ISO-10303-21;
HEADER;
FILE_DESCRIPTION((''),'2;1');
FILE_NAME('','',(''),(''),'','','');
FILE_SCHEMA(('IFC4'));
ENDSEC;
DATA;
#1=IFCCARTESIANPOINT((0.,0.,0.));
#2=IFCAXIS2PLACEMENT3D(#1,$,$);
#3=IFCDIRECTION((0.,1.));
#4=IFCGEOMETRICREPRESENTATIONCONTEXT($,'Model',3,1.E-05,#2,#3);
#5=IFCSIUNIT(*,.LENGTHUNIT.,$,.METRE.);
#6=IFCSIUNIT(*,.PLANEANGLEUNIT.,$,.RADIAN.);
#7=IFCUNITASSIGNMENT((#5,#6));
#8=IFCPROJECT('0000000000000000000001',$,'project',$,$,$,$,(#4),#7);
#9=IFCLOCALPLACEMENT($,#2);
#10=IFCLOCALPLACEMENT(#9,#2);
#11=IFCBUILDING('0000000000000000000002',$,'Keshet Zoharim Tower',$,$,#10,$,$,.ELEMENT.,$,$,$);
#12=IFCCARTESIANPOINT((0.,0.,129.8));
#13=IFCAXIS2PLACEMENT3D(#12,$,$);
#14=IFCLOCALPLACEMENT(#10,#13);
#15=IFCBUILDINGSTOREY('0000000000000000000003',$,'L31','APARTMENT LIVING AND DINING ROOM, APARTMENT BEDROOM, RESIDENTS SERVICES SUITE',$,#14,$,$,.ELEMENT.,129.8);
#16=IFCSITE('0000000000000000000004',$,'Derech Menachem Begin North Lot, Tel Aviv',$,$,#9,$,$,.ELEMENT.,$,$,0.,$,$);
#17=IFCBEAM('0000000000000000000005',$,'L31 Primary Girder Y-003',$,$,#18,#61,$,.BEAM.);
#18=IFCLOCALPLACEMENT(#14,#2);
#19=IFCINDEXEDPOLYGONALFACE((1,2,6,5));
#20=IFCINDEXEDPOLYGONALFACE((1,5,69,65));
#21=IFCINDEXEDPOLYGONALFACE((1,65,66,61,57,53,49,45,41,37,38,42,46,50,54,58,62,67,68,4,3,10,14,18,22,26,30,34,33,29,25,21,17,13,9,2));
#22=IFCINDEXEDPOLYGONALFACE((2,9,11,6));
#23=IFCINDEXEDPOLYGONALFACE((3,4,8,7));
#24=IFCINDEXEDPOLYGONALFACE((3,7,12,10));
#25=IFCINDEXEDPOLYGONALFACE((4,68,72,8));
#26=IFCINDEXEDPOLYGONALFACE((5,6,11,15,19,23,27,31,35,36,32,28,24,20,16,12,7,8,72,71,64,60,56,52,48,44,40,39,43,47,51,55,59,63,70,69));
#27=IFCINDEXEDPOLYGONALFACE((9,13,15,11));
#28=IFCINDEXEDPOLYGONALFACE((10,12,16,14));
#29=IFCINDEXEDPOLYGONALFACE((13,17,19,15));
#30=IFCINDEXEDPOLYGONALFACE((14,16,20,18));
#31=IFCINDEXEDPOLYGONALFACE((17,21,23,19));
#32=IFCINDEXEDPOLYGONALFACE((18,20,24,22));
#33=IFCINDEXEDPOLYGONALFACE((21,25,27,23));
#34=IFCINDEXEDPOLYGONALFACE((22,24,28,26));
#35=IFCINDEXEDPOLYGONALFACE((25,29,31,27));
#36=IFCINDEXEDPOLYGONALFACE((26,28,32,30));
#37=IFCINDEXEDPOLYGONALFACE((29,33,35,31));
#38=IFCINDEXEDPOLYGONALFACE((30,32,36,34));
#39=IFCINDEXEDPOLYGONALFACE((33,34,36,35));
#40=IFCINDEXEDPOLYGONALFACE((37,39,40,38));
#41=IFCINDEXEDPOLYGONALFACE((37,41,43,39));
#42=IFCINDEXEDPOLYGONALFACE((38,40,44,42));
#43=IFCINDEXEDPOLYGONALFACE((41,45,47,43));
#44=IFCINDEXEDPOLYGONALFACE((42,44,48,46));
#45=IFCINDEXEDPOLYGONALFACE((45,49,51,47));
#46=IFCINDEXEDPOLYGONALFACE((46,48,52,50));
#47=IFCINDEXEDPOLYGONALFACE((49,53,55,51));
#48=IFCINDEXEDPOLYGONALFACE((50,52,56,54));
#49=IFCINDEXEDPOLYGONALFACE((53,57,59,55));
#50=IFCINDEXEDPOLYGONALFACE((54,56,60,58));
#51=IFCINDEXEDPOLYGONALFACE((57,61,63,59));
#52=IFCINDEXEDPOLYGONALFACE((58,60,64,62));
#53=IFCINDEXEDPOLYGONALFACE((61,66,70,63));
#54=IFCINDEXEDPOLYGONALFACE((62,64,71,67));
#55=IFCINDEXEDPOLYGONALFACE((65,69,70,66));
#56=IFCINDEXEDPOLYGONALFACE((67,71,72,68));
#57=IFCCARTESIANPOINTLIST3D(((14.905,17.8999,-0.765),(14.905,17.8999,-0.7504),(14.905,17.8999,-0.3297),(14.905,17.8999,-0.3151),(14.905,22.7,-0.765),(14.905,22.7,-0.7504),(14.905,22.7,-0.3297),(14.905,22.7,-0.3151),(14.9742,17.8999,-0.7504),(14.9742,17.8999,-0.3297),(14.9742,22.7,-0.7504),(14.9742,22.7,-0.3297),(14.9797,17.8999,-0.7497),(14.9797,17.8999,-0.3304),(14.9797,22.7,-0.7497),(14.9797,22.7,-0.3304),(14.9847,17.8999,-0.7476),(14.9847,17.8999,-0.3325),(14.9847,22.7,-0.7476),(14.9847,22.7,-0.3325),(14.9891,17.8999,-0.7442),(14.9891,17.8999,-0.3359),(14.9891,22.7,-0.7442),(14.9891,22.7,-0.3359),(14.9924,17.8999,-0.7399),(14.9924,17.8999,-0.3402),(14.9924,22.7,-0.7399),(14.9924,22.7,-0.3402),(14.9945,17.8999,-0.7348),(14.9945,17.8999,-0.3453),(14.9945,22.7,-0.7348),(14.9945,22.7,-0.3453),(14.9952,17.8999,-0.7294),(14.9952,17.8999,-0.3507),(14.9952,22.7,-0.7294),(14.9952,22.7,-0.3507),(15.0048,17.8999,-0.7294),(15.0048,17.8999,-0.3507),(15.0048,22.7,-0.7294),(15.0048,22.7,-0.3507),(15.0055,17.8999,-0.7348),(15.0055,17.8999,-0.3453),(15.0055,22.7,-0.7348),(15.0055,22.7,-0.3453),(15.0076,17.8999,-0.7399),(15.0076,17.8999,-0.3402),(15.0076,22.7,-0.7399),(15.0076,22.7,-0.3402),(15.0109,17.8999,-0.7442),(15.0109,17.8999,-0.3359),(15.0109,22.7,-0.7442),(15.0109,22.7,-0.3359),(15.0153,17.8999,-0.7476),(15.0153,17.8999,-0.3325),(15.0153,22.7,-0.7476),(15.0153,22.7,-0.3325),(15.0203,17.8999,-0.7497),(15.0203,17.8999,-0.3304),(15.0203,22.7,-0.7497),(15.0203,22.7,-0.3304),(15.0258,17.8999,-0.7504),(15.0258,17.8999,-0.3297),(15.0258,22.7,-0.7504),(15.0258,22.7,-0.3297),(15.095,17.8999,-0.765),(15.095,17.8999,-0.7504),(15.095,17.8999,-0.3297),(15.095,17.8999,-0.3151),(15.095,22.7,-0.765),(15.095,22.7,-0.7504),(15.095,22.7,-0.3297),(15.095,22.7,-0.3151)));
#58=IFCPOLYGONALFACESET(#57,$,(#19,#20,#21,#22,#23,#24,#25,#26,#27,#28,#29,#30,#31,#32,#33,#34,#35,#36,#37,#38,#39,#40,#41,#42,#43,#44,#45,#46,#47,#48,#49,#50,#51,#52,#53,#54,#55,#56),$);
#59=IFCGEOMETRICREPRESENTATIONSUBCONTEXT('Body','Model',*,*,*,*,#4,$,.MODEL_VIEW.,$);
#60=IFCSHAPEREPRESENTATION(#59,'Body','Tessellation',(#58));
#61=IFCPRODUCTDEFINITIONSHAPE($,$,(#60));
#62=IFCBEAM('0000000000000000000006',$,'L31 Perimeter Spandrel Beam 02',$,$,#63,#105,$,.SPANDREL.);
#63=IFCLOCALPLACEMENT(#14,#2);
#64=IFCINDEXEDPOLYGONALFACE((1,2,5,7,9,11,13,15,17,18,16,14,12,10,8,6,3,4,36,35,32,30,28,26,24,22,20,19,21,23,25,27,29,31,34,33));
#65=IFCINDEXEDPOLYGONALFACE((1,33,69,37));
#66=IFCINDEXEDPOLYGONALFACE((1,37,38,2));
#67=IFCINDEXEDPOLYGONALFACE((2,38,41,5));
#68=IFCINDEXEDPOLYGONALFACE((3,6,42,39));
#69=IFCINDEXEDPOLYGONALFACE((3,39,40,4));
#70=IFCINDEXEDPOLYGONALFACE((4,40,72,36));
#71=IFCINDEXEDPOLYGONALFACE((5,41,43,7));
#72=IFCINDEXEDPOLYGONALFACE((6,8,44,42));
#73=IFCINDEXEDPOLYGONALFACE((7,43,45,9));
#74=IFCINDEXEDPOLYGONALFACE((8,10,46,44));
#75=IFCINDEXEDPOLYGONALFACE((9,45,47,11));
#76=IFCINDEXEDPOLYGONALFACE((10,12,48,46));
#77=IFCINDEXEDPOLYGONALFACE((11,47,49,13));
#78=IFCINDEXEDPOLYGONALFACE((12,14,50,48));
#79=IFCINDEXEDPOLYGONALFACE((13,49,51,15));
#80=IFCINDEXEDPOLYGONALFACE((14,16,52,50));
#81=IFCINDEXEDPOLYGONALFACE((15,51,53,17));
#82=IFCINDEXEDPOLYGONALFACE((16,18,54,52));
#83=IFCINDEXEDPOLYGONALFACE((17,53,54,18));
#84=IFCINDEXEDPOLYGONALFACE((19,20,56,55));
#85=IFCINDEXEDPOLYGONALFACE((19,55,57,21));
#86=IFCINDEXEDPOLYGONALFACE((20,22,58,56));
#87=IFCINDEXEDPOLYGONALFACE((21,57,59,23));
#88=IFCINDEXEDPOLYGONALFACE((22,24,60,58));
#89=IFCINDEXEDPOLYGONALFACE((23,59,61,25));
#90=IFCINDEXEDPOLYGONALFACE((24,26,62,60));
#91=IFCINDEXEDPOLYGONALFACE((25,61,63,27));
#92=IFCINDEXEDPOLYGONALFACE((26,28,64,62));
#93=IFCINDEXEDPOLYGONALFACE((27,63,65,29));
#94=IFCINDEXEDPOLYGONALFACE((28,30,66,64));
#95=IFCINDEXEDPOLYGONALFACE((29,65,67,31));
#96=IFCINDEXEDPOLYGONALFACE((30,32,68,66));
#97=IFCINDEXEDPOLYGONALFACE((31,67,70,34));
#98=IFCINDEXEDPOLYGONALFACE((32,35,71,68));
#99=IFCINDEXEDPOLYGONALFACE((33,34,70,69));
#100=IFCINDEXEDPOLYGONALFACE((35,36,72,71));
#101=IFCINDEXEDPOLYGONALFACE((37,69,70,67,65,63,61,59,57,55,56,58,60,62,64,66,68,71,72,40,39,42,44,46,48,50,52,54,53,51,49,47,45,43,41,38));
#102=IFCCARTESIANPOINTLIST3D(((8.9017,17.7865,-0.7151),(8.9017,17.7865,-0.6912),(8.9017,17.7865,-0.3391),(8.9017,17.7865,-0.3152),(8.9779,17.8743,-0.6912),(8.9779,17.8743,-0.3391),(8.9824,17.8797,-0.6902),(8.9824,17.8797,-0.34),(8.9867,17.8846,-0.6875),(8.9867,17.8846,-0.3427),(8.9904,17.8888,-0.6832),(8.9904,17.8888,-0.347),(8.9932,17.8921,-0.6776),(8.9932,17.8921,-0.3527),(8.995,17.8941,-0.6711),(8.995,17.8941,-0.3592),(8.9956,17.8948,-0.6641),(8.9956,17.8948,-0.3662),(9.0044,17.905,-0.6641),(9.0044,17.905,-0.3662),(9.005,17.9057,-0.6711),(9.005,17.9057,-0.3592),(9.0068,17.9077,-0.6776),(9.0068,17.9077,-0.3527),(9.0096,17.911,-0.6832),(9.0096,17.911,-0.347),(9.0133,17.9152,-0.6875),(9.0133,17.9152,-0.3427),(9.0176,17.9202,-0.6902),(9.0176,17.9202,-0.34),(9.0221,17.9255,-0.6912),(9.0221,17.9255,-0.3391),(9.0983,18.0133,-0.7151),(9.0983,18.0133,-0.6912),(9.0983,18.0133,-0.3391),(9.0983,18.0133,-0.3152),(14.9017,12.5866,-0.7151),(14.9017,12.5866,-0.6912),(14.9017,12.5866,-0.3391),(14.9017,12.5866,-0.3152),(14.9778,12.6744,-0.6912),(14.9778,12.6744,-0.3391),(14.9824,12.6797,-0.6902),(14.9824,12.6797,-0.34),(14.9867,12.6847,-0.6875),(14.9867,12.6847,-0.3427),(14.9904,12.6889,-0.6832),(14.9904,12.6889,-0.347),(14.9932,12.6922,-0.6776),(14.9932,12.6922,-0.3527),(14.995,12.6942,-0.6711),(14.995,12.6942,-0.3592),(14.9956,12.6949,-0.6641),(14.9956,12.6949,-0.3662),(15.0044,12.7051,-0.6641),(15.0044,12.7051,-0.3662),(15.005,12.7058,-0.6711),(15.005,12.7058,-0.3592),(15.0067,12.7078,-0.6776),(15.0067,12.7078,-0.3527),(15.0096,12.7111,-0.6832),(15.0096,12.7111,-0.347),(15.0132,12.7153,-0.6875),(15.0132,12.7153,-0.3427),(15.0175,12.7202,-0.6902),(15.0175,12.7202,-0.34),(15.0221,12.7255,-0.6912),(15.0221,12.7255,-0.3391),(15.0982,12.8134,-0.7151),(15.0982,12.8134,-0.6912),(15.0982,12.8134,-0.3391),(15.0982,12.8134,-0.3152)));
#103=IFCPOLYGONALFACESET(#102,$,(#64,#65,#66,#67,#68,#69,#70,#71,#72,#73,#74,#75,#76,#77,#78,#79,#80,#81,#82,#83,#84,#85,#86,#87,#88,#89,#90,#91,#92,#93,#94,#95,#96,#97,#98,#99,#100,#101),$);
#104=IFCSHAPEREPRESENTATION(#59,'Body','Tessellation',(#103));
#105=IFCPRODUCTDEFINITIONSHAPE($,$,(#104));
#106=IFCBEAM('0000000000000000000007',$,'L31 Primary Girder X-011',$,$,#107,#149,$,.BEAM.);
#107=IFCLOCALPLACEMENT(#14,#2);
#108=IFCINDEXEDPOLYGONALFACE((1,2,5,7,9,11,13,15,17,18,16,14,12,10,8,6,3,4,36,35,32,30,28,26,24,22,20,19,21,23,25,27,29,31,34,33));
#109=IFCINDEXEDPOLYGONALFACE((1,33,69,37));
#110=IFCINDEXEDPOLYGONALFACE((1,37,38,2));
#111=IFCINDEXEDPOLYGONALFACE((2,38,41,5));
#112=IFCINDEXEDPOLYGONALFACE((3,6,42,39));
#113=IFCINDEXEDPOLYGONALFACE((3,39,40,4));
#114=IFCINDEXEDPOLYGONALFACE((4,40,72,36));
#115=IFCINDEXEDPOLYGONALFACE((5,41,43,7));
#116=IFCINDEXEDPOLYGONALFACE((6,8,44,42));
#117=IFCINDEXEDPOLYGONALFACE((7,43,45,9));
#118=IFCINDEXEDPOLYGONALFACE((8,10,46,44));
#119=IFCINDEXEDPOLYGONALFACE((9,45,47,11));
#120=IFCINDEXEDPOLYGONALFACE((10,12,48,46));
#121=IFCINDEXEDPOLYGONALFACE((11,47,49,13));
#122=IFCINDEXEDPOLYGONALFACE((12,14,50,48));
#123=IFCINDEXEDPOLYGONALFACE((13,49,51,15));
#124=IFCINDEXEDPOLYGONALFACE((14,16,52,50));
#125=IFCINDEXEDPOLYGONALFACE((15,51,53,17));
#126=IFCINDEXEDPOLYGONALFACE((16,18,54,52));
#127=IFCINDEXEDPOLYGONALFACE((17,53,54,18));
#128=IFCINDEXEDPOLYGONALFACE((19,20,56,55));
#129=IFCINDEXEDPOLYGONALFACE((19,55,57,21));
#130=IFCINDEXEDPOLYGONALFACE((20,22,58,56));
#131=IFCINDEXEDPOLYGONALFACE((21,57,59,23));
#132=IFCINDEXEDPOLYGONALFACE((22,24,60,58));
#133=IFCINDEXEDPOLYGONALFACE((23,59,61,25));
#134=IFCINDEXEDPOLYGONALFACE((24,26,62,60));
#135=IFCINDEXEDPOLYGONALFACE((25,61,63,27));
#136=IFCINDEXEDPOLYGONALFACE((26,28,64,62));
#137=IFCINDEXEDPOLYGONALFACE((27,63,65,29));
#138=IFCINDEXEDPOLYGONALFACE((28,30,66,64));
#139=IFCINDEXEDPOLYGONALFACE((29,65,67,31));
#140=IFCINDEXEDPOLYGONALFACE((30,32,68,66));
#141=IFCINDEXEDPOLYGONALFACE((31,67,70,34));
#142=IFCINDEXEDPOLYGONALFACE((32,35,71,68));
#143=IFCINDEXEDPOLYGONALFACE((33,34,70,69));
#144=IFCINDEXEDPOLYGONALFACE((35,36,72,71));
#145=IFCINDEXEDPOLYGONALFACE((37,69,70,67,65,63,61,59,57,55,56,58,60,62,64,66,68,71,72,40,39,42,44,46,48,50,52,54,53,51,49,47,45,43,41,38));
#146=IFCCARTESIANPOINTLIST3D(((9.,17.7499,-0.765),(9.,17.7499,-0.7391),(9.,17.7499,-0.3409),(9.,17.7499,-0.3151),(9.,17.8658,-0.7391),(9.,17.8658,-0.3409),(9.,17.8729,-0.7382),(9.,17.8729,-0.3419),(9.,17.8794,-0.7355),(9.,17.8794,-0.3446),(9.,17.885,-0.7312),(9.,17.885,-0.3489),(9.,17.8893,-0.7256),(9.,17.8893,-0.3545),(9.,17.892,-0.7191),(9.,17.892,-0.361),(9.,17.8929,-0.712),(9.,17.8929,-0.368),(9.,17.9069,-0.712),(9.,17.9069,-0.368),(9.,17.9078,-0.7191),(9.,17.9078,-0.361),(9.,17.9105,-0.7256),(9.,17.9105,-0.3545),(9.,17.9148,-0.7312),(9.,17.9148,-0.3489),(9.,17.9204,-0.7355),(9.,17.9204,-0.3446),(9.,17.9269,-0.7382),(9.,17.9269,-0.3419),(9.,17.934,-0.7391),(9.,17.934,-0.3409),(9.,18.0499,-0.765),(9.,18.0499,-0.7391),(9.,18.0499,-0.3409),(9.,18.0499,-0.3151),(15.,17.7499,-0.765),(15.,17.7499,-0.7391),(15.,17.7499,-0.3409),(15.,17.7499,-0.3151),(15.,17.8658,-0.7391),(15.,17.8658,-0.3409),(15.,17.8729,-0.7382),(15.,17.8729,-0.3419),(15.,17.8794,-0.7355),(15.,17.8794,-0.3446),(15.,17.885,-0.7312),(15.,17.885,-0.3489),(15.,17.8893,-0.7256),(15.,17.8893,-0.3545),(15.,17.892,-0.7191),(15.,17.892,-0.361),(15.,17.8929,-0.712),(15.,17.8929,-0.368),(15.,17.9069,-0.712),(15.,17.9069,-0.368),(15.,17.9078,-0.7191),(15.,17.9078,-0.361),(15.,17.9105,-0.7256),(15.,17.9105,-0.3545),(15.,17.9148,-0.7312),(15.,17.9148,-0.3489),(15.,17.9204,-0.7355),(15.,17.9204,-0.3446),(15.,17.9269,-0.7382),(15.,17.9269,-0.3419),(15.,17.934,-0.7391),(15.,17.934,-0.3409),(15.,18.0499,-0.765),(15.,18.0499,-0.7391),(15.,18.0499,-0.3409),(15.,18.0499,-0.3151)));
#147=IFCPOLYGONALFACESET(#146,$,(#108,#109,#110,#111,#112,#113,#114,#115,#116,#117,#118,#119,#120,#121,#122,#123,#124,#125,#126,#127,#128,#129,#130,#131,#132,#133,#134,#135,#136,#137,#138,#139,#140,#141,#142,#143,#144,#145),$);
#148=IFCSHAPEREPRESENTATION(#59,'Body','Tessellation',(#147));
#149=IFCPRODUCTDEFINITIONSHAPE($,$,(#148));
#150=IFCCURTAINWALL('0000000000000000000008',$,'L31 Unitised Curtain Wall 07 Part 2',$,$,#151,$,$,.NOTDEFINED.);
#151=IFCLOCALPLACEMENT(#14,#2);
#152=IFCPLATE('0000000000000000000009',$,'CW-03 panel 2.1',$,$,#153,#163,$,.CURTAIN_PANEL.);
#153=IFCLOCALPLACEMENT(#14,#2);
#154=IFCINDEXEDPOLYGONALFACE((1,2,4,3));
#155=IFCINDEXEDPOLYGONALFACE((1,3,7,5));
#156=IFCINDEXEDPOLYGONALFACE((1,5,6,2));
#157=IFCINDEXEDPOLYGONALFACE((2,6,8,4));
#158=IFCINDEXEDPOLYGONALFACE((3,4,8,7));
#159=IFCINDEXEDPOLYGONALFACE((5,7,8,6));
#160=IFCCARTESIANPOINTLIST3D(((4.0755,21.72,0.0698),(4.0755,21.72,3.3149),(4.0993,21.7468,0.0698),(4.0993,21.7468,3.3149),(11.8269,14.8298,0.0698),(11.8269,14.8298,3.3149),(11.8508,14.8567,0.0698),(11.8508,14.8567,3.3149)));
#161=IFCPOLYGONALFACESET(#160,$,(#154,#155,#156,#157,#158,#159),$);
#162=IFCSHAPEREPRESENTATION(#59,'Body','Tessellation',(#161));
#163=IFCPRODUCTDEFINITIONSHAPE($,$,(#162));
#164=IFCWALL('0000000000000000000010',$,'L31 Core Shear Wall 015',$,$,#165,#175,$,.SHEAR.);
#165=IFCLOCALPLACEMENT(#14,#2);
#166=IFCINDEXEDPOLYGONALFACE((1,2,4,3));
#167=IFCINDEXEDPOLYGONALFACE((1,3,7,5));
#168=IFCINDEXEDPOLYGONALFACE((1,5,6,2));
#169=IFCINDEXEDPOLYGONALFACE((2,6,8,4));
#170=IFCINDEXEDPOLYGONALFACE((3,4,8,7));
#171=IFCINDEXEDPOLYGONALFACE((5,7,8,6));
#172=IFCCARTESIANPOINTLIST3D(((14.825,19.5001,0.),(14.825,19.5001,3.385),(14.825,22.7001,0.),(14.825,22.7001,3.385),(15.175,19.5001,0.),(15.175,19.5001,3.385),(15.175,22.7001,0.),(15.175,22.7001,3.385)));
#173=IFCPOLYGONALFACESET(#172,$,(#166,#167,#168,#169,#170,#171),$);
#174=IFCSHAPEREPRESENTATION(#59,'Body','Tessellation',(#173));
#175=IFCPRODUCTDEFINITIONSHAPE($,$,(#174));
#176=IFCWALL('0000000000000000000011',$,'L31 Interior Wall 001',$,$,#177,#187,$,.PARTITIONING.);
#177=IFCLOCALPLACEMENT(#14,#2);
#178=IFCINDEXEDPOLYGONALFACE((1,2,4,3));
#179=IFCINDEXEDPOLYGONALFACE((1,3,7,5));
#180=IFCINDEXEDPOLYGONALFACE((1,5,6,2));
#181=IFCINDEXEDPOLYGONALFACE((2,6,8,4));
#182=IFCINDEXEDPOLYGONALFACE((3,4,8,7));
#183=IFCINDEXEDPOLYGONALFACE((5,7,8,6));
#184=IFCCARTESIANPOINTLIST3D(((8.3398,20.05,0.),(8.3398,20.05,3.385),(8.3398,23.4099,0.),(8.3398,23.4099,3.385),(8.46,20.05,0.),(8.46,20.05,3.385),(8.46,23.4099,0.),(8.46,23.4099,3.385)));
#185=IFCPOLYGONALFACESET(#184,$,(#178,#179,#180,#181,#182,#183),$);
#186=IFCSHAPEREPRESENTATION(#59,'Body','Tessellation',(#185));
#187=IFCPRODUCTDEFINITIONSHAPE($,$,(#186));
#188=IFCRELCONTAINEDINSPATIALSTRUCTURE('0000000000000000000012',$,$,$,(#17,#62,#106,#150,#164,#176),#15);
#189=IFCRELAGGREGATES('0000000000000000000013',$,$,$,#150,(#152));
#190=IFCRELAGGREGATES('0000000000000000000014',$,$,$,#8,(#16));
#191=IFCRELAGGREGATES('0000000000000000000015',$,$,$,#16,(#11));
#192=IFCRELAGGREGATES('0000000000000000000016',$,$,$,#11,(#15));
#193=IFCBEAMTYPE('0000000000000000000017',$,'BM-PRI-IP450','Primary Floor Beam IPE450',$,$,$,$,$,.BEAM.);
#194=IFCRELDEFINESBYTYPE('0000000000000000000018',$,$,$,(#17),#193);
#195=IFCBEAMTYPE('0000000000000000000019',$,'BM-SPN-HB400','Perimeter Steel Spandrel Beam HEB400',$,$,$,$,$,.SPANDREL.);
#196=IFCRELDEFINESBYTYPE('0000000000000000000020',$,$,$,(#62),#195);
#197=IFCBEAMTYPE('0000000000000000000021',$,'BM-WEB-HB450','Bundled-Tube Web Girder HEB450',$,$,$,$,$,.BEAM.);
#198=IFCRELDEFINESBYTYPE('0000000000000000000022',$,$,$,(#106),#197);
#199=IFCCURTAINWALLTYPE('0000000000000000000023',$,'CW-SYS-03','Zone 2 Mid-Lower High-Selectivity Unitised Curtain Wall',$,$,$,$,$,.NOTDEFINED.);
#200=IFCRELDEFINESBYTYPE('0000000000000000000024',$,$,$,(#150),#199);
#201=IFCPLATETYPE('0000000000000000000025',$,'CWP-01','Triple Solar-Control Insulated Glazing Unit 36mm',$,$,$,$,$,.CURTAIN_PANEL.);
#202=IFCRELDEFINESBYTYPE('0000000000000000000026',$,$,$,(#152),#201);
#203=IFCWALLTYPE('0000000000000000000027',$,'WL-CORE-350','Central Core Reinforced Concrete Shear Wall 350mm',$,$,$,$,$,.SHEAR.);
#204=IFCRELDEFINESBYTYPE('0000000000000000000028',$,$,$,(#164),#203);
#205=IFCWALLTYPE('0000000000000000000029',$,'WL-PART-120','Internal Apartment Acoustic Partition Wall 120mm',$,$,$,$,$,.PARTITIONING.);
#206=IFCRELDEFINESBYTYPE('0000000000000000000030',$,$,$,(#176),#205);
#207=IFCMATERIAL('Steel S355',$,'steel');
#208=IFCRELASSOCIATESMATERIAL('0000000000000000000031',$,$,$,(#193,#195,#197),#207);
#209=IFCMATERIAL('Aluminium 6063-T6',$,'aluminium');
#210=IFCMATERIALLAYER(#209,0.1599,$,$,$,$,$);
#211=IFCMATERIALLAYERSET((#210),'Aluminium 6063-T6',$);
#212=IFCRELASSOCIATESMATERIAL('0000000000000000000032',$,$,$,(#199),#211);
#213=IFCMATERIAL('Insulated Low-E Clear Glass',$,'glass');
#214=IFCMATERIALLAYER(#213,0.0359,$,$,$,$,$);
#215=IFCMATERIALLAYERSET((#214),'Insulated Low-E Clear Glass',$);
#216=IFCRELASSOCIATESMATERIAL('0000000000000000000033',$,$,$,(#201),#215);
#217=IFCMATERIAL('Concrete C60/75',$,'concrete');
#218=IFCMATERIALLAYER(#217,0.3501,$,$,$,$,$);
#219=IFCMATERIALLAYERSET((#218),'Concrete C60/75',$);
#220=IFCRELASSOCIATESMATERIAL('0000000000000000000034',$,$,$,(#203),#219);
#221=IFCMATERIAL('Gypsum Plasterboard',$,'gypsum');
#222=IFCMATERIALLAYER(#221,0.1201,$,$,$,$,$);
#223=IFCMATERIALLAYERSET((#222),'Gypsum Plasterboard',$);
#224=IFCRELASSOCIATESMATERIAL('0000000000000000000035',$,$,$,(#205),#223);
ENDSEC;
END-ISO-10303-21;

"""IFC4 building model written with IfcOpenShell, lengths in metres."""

from ifc_helpers import new_model, si_unit, direction, frame, frame_2d, origin, origin_2d, place, context, subcontext, project, spatial, rectangle, i_section, extrude, material, layer, layer_set, material_profile, profile_set, type_object, element, aggregate, save


model = new_model("IFC4")

# Units and contexts
model_context = context("Model", 3, precision=1e-05, world=origin(), true_north=direction((0.0, 1.0)))
body_context = subcontext(model_context, "Body", "Model", "MODEL_VIEW")
ifc_project = project(units=[si_unit("LENGTHUNIT", "METRE"), si_unit("PLANEANGLEUNIT", "RADIAN")], contexts=[model_context])

# Site, building, storey
site_placement = place(None, origin())
site = spatial("IfcSite", under=ifc_project, at=site_placement, Name="Derech Menachem Begin North Lot, Tel Aviv", CompositionType="ELEMENT", RefElevation=0.0)
building_placement = place(site_placement, origin())
building = spatial("IfcBuilding", under=site, at=building_placement, Name="Keshet Zoharim Tower", CompositionType="ELEMENT")
storey_placement = place(building_placement, frame((0.0, 0.0, 129.8)))
storey = spatial("IfcBuildingStorey", under=building, at=storey_placement, Name="L31", Description="APARTMENT LIVING AND DINING ROOM, APARTMENT BEDROOM, RESIDENTS SERVICES SUITE", CompositionType="ELEMENT", Elevation=129.8)

# Shared definitions
ifc_material_1 = material(Name="Steel S355", Category="steel")
ifc_material_2 = material(Name="Concrete C60/75", Category="concrete")

# Beams
ifc_material_profile_1 = material_profile(ifc_material_1, i_section(OverallWidth=0.1899, OverallDepth=0.45, WebThickness=0.0095, FlangeThickness=0.0146, FilletRadius=0.021, at=origin_2d()), Name="IPE450")
ifc_profile_set_1 = profile_set([ifc_material_profile_1], Name="Steel S355")
beam_type_1 = type_object("IfcBeamType", Name="BM-PRI-IP450", Description="Primary Floor Beam IPE450", PredefinedType="BEAM", material=ifc_profile_set_1)
beam_1_placement = place(storey_placement, frame((15.0, 17.8999, -0.54), z_axis=(0.0, 1.0, 0.0), x_axis=(-1.0, 0.0, 0.0)))
element("IfcBeam", 1, at=beam_1_placement, inside=storey, type_object=beam_type_1, Name="L31 Primary Girder Y-003", PredefinedType="BEAM", context=body_context, shape_type="SweptSolid", body=[
    extrude(i_section(OverallWidth=0.1899, OverallDepth=0.45, WebThickness=0.0095, FlangeThickness=0.0146, FilletRadius=0.021, at=origin_2d()), origin(), (0.0, 0.0, 1.0), 4.8),
])
ifc_material_profile_2 = material_profile(ifc_material_1, i_section(OverallWidth=0.3, OverallDepth=0.3999, WebThickness=0.0134, FlangeThickness=0.0239, FilletRadius=0.0271, at=origin_2d()), Name="HEB400")
ifc_profile_set_2 = profile_set([ifc_material_profile_2], Name="Steel S355")
beam_type_2 = type_object("IfcBeamType", Name="BM-SPN-HB400", Description="Perimeter Steel Spandrel Beam HEB400", PredefinedType="SPANDREL", material=ifc_profile_set_2)
beam_2_placement = place(storey_placement, frame((9.0, 17.8999, -0.5151), z_axis=(0.755692, -0.654927, 0.0), x_axis=(0.654927, 0.755692, 0.0)))
element("IfcBeam", 2, at=beam_2_placement, inside=storey, type_object=beam_type_2, Name="L31 Perimeter Spandrel Beam 02", PredefinedType="SPANDREL", context=body_context, shape_type="SweptSolid", body=[
    extrude(i_section(OverallWidth=0.3, OverallDepth=0.3999, WebThickness=0.0134, FlangeThickness=0.0239, FilletRadius=0.0271, at=origin_2d()), origin(), (0.0, 0.0, 1.0), 7.9397),
])
ifc_material_profile_3 = material_profile(ifc_material_1, i_section(OverallWidth=0.3, OverallDepth=0.45, WebThickness=0.0139, FlangeThickness=0.0259, FilletRadius=0.0271, at=origin_2d()), Name="HEB450")
ifc_profile_set_3 = profile_set([ifc_material_profile_3], Name="Steel S355")
beam_type_3 = type_object("IfcBeamType", Name="BM-WEB-HB450", Description="Bundled-Tube Web Girder HEB450", PredefinedType="BEAM", material=ifc_profile_set_3)
beam_3_placement = place(storey_placement, frame((9.0, 17.8999, -0.54), z_axis=(1.0, 0.0, 0.0), x_axis=(0.0, 1.0, 0.0)))
element("IfcBeam", 3, at=beam_3_placement, inside=storey, type_object=beam_type_3, Name="L31 Primary Girder X-011", PredefinedType="BEAM", context=body_context, shape_type="SweptSolid", body=[
    extrude(i_section(OverallWidth=0.3, OverallDepth=0.45, WebThickness=0.0139, FlangeThickness=0.0259, FilletRadius=0.0271, at=origin_2d()), origin(), (0.0, 0.0, 1.0), 6.0),
])

# Curtain wall, plate
ifc_material_3 = material(Name="Aluminium 6063-T6", Category="aluminium")
ifc_layer_1 = layer(ifc_material_3, 0.1599)
ifc_layer_set_1 = layer_set([ifc_layer_1], Name="Aluminium 6063-T6")
curtain_wall_type = type_object("IfcCurtainWallType", Name="CW-SYS-03", Description="Zone 2 Mid-Lower High-Selectivity Unitised Curtain Wall", PredefinedType="NOTDEFINED", material=ifc_layer_set_1)
curtain_wall_placement = place(storey_placement, origin())
curtain_wall = element("IfcCurtainWall", 4, at=curtain_wall_placement, inside=storey, type_object=curtain_wall_type, Name="L31 Unitised Curtain Wall 07 Part 2", PredefinedType="NOTDEFINED")
ifc_material_4 = material(Name="Insulated Low-E Clear Glass", Category="glass")
ifc_layer_2 = layer(ifc_material_4, 0.0359)
ifc_layer_set_2 = layer_set([ifc_layer_2], Name="Insulated Low-E Clear Glass")
plate_type = type_object("IfcPlateType", Name="CWP-01", Description="Triple Solar-Control Insulated Glazing Unit 36mm", PredefinedType="CURTAIN_PANEL", material=ifc_layer_set_2)
plate_placement = place(storey_placement, frame((7.9631, 18.2883, 0.0698), z_axis=(0.0, 0.0, 1.0), x_axis=(-0.74741, 0.664364, 0.0)))
plate = element("IfcPlate", 5, at=plate_placement, type_object=plate_type, Name="CW-03 panel 2.1", PredefinedType="CURTAIN_PANEL", context=body_context, shape_type="SweptSolid", body=[
    extrude(rectangle(XDim=10.3711, YDim=0.0359, at=origin_2d()), origin(), (0.0, 0.0, 1.0), 3.2451),
])
aggregate(curtain_wall, [plate])

# Wall
ifc_layer_3 = layer(ifc_material_2, 0.3501)
ifc_layer_set_3 = layer_set([ifc_layer_3], Name="Concrete C60/75")
wall_type_1 = type_object("IfcWallType", Name="WL-CORE-350", Description="Central Core Reinforced Concrete Shear Wall 350mm", PredefinedType="SHEAR", material=ifc_layer_set_3)
wall_1_placement = place(storey_placement, frame((15.0, 19.5, 0.0), z_axis=(0.0, 0.0, 1.0), x_axis=(0.0, 1.0, 0.0)))
element("IfcWall", 6, at=wall_1_placement, inside=storey, type_object=wall_type_1, Name="L31 Core Shear Wall 015", PredefinedType="SHEAR", context=body_context, shape_type="SweptSolid", body=[
    extrude(rectangle(XDim=3.2, YDim=0.3501, at=frame_2d((1.6001, 0.0))), origin(), (0.0, 0.0, 1.0), 3.385),
])

# Shared definitions
ifc_material_5 = material(Name="Gypsum Plasterboard", Category="gypsum")

# Wall
ifc_layer_4 = layer(ifc_material_5, 0.1201)
ifc_layer_set_4 = layer_set([ifc_layer_4], Name="Gypsum Plasterboard")
wall_type_2 = type_object("IfcWallType", Name="WL-PART-120", Description="Internal Apartment Acoustic Partition Wall 120mm", PredefinedType="PARTITIONING", material=ifc_layer_set_4)
wall_2_placement = place(storey_placement, frame((8.3999, 20.05, 0.0), z_axis=(0.0, 0.0, 1.0), x_axis=(0.0, 1.0, 0.0)))
element("IfcWall", 7, at=wall_2_placement, inside=storey, type_object=wall_type_2, Name="L31 Interior Wall 001", PredefinedType="PARTITIONING", context=body_context, shape_type="SweptSolid", body=[
    extrude(rectangle(XDim=3.3599, YDim=0.1201, at=frame_2d((1.6799, 0.0))), origin(), (0.0, 0.0, 1.0), 3.385),
])

save(model, "model.ifc")
